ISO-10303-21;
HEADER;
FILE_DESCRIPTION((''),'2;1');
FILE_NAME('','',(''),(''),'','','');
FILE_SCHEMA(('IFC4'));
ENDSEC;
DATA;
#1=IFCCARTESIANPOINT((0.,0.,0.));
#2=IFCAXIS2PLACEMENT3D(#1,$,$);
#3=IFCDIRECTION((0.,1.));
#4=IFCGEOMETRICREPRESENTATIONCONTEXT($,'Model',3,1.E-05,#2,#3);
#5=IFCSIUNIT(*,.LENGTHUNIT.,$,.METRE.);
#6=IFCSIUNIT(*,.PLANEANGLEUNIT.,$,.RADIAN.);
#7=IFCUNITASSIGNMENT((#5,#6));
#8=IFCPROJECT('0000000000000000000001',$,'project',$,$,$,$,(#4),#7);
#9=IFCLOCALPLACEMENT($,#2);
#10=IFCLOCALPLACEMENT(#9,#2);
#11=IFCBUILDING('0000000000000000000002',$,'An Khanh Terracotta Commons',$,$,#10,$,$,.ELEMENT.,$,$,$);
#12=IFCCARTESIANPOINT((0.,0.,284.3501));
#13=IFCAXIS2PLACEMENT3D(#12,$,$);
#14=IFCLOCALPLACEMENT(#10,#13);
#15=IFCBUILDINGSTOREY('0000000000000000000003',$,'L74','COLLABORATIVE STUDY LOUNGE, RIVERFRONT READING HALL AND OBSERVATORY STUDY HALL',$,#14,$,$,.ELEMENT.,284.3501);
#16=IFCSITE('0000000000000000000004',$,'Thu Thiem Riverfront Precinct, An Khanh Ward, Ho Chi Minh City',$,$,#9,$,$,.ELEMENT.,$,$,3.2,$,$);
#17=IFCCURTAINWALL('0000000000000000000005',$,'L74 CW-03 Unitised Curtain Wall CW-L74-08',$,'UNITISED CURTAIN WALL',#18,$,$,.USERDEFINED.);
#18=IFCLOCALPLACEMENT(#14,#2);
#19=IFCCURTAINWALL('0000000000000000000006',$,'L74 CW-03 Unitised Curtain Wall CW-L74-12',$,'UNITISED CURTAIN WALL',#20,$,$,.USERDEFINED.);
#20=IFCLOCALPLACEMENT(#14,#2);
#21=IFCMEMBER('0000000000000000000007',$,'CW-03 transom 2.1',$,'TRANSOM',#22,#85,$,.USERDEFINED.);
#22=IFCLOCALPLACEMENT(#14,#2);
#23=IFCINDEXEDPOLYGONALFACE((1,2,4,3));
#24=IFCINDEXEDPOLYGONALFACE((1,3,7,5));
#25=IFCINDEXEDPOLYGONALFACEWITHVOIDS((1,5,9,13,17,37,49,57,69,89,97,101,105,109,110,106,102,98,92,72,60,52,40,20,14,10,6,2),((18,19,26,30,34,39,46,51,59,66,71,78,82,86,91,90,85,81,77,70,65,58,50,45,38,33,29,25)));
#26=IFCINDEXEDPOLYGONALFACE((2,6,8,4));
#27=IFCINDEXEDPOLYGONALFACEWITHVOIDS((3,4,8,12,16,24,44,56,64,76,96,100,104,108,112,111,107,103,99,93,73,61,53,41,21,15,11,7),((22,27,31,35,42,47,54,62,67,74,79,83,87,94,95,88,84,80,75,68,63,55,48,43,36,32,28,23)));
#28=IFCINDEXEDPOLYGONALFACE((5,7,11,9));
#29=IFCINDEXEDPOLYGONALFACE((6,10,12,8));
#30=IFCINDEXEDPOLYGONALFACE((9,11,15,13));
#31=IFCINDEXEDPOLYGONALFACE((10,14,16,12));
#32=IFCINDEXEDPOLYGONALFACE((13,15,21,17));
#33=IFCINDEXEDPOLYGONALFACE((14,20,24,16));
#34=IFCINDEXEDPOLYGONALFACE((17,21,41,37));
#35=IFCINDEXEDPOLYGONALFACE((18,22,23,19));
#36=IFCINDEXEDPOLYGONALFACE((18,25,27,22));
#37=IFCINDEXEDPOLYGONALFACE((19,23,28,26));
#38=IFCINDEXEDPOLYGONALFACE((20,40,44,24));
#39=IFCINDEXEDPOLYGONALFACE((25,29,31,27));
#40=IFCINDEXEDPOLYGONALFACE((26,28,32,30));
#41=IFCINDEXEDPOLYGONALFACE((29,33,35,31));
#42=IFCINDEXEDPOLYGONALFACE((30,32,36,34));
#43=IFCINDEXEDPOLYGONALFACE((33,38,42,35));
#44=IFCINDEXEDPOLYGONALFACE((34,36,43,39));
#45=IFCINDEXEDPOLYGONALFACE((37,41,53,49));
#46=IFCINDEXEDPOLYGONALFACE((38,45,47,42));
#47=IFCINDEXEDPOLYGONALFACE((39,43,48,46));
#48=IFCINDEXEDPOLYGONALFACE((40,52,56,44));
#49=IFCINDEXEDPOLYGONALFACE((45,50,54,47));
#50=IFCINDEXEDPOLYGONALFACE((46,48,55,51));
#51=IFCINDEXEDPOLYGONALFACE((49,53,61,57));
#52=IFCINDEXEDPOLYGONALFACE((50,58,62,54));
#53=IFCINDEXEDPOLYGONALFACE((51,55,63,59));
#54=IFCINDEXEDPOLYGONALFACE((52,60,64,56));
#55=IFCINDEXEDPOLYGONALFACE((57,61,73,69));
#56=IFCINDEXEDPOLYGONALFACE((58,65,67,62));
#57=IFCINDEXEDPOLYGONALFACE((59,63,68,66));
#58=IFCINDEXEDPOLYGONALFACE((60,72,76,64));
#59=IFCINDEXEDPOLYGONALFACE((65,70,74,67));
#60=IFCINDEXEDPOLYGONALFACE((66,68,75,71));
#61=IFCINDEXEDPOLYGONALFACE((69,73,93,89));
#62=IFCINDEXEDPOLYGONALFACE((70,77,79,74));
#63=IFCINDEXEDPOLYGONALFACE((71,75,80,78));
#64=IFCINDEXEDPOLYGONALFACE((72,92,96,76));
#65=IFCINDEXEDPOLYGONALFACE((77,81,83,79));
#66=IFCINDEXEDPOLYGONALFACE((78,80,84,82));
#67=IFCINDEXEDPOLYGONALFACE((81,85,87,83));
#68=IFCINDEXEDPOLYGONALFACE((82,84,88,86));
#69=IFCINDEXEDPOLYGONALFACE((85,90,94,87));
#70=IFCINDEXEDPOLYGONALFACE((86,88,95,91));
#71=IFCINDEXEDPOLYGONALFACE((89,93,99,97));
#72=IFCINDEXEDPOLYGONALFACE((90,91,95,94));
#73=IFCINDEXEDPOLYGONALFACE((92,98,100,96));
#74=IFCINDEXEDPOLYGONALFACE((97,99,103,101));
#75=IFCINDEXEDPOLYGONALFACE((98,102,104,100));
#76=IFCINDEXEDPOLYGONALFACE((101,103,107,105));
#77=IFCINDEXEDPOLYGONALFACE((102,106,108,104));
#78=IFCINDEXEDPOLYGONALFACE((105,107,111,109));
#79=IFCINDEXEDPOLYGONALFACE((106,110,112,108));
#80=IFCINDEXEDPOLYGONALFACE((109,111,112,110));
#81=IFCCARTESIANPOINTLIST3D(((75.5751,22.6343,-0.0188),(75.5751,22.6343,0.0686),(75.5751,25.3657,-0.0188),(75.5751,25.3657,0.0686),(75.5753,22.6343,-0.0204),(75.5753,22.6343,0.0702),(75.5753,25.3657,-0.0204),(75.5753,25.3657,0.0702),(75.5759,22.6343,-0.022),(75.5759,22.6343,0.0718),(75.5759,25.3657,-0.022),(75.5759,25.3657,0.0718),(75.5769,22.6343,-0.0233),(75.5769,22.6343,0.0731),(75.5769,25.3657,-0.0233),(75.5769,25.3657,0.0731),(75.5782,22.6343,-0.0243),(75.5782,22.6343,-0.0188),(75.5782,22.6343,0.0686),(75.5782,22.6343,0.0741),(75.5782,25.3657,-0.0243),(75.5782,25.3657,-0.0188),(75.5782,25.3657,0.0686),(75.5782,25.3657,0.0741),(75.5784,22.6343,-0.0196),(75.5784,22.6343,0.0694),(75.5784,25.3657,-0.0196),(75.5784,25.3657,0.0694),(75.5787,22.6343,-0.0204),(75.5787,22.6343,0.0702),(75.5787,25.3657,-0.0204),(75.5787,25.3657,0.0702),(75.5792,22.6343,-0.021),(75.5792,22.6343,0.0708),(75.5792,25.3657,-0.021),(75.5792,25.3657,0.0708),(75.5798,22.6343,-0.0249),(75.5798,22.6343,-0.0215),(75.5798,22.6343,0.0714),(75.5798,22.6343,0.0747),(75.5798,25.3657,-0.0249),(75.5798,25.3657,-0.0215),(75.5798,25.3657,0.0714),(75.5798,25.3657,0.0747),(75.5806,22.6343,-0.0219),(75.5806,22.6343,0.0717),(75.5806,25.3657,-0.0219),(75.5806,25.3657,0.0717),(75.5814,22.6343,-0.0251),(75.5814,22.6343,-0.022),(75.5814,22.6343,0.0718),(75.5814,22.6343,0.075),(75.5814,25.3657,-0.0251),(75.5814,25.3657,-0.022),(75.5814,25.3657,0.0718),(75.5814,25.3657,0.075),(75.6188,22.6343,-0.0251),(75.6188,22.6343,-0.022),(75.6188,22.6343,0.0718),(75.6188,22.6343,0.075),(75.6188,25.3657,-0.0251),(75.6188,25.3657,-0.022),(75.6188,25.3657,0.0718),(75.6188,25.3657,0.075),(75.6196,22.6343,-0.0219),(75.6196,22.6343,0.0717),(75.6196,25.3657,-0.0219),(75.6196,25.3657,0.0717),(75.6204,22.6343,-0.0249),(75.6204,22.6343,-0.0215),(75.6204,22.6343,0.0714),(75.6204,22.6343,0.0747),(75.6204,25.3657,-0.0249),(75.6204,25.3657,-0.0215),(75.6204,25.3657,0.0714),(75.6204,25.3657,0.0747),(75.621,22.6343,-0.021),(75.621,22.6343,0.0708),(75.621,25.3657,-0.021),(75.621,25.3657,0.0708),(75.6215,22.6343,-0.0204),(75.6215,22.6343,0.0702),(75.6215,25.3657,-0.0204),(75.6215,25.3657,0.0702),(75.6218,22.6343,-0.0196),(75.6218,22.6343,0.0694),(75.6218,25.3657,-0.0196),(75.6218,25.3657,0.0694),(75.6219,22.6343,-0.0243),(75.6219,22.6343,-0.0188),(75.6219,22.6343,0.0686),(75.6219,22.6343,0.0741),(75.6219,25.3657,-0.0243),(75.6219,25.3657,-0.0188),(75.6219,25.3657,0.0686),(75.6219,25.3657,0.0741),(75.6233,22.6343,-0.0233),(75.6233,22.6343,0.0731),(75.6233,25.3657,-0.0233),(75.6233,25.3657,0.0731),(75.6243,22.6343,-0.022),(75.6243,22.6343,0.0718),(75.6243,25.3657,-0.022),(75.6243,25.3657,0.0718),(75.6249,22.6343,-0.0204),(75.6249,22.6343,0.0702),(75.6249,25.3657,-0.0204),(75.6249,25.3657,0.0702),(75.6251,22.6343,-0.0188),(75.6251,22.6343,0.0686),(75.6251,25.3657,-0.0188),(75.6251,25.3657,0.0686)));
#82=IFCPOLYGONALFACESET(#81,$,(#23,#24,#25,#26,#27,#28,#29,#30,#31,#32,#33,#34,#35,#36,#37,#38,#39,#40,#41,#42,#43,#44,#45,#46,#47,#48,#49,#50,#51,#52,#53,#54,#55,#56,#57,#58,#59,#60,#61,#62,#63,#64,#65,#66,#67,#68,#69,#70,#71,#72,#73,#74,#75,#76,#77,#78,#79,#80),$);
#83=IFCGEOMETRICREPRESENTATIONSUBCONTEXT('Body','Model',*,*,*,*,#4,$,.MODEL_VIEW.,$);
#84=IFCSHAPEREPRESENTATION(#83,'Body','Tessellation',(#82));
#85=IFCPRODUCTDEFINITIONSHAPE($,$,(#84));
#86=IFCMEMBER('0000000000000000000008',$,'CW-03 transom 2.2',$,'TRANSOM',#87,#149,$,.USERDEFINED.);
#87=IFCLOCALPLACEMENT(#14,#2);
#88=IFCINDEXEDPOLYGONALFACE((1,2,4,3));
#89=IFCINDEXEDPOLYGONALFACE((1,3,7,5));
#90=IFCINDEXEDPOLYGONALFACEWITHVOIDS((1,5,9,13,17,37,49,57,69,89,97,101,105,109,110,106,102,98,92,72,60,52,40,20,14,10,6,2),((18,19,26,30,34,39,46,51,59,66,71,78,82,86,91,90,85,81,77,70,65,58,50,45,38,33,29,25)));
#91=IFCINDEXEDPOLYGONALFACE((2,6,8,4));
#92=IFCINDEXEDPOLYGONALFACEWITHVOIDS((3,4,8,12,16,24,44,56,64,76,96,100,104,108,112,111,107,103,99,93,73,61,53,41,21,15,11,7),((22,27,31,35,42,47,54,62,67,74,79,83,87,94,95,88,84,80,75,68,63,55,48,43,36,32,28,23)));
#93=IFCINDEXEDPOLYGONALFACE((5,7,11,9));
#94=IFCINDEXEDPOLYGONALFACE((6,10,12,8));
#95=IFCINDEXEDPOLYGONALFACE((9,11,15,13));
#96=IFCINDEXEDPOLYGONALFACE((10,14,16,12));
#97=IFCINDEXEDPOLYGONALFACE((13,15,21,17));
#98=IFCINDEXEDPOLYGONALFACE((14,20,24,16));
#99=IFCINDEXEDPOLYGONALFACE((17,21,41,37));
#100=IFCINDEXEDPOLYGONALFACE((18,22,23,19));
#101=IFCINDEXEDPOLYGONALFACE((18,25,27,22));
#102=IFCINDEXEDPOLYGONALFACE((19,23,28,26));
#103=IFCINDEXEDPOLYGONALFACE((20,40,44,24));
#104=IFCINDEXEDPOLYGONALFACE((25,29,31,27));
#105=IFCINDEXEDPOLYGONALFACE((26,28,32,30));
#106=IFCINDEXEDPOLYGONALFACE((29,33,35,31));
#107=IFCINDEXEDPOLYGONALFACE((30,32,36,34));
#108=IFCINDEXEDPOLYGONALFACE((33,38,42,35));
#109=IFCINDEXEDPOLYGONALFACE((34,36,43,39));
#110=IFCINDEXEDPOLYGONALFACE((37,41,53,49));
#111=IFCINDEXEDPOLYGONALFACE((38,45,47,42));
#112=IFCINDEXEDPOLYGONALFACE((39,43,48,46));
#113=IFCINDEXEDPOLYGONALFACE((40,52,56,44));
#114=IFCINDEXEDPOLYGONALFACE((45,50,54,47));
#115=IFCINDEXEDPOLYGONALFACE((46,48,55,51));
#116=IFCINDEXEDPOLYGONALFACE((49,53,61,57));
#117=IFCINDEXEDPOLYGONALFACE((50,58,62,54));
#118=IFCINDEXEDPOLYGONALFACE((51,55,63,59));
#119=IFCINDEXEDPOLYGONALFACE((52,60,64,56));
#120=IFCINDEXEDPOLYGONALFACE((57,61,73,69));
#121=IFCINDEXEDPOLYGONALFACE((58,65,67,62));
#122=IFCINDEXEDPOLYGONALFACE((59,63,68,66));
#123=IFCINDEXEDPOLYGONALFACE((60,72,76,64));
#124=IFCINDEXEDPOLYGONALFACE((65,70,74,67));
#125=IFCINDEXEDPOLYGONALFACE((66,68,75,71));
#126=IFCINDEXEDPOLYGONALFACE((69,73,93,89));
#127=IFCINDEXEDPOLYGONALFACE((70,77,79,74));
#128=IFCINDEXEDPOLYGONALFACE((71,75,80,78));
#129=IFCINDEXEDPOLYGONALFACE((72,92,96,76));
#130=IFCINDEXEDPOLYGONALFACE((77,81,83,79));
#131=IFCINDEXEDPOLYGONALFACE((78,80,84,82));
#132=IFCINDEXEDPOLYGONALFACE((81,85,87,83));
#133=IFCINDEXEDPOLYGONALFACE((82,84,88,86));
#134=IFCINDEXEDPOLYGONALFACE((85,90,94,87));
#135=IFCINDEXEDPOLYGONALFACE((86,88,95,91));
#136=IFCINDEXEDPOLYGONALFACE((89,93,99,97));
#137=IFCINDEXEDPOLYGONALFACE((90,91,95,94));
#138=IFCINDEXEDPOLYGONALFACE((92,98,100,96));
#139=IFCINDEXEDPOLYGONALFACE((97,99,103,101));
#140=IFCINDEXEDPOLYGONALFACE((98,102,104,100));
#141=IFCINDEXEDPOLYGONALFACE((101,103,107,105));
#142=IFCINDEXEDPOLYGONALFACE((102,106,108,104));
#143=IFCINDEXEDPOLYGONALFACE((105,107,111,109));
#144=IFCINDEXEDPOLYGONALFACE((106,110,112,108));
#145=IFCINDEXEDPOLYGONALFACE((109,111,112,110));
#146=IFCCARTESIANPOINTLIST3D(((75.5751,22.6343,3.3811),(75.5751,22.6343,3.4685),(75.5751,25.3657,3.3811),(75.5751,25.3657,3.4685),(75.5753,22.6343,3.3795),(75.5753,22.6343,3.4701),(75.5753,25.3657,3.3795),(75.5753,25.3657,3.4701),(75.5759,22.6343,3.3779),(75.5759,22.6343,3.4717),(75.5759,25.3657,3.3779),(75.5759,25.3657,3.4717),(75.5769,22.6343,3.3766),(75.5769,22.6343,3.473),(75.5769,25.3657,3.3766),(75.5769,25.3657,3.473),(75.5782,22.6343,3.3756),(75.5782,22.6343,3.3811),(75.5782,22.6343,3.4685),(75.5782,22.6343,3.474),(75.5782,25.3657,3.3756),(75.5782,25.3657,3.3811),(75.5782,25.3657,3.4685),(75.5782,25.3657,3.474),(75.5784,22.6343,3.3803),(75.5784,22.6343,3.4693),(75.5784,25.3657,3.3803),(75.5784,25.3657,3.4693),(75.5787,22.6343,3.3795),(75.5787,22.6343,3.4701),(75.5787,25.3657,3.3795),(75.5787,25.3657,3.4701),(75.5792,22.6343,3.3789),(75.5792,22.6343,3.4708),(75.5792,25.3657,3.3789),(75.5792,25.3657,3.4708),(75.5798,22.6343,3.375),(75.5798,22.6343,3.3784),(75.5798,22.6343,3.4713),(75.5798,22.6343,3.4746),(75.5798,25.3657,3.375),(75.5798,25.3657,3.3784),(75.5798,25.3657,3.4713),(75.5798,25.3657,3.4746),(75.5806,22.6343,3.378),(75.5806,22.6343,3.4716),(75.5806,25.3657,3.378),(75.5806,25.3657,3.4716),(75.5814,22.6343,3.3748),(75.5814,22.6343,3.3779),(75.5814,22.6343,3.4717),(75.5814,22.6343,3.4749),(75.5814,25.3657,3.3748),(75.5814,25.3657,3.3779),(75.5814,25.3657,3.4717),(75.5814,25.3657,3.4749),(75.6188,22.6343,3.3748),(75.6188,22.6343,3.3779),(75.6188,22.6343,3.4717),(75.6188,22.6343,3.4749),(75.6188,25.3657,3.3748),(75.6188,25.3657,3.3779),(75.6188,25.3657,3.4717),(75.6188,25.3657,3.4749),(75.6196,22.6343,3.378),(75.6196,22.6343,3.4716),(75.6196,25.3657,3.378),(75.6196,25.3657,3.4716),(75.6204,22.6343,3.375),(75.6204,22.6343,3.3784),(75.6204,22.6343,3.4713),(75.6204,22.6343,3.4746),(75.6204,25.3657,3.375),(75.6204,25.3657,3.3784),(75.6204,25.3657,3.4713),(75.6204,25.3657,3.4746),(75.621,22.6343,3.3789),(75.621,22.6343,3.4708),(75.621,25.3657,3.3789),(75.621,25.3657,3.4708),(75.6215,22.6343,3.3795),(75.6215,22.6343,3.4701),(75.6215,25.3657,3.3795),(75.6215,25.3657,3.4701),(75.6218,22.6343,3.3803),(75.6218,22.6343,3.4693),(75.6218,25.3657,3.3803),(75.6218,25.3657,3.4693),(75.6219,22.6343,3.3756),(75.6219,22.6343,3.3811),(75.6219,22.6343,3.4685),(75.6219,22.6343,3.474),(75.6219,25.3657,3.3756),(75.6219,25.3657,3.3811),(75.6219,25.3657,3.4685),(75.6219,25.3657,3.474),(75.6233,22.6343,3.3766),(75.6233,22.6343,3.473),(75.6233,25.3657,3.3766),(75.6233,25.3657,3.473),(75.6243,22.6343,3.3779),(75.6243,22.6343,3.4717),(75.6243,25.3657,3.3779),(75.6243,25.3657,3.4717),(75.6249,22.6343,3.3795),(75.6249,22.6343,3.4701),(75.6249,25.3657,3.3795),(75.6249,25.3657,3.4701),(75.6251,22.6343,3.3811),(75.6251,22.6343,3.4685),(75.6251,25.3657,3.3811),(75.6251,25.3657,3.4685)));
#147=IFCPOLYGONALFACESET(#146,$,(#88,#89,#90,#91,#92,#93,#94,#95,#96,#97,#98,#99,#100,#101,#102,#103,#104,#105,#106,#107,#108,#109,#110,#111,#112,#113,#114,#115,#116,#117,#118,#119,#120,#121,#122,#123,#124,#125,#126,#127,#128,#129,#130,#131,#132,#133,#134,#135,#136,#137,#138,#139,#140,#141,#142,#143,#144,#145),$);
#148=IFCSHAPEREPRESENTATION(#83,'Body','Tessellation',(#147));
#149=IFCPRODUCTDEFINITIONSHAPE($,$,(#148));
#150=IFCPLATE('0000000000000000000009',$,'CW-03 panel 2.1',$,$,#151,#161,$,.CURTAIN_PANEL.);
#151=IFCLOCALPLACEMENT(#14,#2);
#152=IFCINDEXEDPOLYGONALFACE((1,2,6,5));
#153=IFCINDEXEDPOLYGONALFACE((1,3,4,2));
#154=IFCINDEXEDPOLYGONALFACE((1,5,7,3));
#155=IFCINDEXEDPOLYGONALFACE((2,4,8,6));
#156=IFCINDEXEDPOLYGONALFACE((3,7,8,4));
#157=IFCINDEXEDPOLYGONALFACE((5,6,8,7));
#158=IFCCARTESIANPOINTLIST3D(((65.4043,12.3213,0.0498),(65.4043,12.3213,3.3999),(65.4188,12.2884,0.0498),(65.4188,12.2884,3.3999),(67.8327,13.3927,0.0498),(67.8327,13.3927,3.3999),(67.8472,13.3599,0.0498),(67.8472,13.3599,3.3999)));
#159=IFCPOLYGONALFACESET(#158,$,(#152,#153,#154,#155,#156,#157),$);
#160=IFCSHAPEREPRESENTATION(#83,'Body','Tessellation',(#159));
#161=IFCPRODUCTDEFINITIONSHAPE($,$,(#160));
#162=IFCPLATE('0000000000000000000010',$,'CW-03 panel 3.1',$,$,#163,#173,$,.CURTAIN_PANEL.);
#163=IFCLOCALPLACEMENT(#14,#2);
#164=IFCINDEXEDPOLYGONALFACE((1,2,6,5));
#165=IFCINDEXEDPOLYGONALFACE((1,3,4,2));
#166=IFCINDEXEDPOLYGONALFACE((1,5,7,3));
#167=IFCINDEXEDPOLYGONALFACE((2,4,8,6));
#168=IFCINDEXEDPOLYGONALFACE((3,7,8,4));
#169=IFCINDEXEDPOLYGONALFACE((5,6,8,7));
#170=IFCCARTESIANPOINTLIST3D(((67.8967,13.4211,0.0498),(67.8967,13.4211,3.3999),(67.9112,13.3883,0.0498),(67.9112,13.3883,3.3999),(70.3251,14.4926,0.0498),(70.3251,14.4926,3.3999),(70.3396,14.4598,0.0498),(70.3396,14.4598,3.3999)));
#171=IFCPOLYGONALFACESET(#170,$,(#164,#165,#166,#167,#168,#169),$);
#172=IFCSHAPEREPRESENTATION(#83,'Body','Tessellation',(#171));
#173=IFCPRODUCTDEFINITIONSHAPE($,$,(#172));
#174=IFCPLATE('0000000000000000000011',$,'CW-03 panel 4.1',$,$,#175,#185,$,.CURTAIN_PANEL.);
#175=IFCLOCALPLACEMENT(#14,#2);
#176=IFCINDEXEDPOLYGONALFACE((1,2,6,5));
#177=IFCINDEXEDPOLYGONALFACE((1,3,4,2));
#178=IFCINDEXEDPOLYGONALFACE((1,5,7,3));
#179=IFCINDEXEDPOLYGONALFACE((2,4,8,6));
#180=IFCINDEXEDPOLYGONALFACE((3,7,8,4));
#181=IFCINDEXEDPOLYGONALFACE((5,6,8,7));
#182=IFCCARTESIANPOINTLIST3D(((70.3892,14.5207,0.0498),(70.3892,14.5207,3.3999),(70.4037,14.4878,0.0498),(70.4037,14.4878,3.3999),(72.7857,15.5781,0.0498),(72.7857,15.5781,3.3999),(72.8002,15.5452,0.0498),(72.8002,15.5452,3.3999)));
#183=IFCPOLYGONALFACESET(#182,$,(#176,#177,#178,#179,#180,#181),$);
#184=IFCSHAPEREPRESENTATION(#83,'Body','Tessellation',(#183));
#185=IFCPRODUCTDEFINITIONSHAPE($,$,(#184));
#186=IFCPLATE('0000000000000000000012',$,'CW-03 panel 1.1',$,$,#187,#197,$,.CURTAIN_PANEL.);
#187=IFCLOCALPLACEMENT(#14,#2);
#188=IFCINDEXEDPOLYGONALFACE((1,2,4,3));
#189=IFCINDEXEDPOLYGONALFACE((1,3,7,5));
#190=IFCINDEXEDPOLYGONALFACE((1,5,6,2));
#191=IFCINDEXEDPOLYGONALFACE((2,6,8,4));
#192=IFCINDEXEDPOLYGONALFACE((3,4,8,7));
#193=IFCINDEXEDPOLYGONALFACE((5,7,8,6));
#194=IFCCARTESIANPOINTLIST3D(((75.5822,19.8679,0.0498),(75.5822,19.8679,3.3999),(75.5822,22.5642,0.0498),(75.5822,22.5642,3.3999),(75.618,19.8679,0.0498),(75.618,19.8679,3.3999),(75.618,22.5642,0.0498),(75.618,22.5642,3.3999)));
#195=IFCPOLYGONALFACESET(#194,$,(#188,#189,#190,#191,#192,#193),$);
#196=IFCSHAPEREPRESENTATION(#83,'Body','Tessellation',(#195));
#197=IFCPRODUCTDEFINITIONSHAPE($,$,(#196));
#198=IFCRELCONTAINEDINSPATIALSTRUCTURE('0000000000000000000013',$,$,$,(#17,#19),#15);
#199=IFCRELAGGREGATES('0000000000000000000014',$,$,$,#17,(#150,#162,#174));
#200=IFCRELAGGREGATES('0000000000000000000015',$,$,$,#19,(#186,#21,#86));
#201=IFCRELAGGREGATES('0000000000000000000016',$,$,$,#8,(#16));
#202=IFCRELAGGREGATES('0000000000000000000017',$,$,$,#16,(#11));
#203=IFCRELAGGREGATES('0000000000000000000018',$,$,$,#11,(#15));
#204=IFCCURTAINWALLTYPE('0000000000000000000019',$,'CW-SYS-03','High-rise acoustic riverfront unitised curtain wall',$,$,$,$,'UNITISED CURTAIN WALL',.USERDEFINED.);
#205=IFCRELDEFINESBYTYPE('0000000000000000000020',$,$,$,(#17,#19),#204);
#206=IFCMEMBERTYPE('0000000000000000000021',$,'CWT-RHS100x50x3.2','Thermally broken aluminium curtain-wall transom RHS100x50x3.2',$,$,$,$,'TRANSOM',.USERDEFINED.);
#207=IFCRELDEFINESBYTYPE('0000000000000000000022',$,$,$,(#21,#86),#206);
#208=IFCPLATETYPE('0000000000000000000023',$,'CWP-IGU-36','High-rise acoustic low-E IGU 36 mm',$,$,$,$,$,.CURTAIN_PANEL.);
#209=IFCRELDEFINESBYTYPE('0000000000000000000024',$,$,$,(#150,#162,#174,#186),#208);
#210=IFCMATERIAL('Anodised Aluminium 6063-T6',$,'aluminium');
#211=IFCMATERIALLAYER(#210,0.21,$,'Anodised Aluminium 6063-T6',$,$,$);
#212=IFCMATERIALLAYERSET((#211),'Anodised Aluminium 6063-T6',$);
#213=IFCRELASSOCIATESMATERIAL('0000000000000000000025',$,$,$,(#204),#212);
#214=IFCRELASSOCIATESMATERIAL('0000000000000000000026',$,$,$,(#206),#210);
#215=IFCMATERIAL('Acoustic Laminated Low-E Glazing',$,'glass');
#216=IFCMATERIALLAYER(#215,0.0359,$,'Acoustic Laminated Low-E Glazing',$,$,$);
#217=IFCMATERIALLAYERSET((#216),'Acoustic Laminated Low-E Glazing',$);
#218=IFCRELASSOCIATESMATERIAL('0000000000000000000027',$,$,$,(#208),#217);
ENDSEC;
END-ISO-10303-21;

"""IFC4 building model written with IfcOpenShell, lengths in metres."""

from ifc_helpers import new_model, si_unit, direction, frame, origin, origin_2d, place, context, subcontext, project, spatial, rectangle, hollow_rectangle, extrude, material, layer, layer_set, material_profile, profile_set, type_object, element, aggregate, save


model = new_model("IFC4")

# Units and contexts
model_context = context("Model", 3, precision=1e-05, world=origin(), true_north=direction((0.0, 1.0)))
body_context = subcontext(model_context, "Body", "Model", "MODEL_VIEW")
ifc_project = project(units=[si_unit("LENGTHUNIT", "METRE"), si_unit("PLANEANGLEUNIT", "RADIAN")], contexts=[model_context])

# Site, building, storey
site_placement = place(None, origin())
site = spatial("IfcSite", under=ifc_project, at=site_placement, Name="Thu Thiem Riverfront Precinct, An Khanh Ward, Ho Chi Minh City", CompositionType="ELEMENT", RefElevation=3.2)
building_placement = place(site_placement, origin())
building = spatial("IfcBuilding", under=site, at=building_placement, Name="An Khanh Terracotta Commons", CompositionType="ELEMENT")
storey_placement = place(building_placement, frame((0.0, 0.0, 284.3501)))
storey = spatial("IfcBuildingStorey", under=building, at=storey_placement, Name="L74", Description="COLLABORATIVE STUDY LOUNGE, RIVERFRONT READING HALL AND OBSERVATORY STUDY HALL", CompositionType="ELEMENT", Elevation=284.3501)

# Curtain walls
ifc_material_1 = material(Name="Anodised Aluminium 6063-T6", Category="aluminium")
ifc_layer_1 = layer(ifc_material_1, 0.21, Name="Anodised Aluminium 6063-T6")
ifc_layer_set_1 = layer_set([ifc_layer_1], Name="Anodised Aluminium 6063-T6")
curtain_wall_type = type_object("IfcCurtainWallType", Name="CW-SYS-03", Description="High-rise acoustic riverfront unitised curtain wall", ElementType="UNITISED CURTAIN WALL", PredefinedType="USERDEFINED", material=ifc_layer_set_1)
curtain_wall_1_placement = place(storey_placement, origin())
curtain_wall_1 = element("IfcCurtainWall", 1, at=curtain_wall_1_placement, inside=storey, type_object=curtain_wall_type, Name="L74 CW-03 Unitised Curtain Wall CW-L74-08", ObjectType="UNITISED CURTAIN WALL", PredefinedType="USERDEFINED")
curtain_wall_2_placement = place(storey_placement, origin())
curtain_wall_2 = element("IfcCurtainWall", 2, at=curtain_wall_2_placement, inside=storey, type_object=curtain_wall_type, Name="L74 CW-03 Unitised Curtain Wall CW-L74-12", ObjectType="UNITISED CURTAIN WALL", PredefinedType="USERDEFINED")

# Members
ifc_material_profile_1 = material_profile(ifc_material_1, hollow_rectangle(XDim=0.05, YDim=0.1001, WallThickness=0.0032, InnerFilletRadius=0.0032, OuterFilletRadius=0.0063, at=origin_2d()), Name="RHS100x50x3.2")
ifc_profile_set_1 = profile_set([ifc_material_profile_1], Name="Anodised Aluminium 6063-T6")
member_type_1 = type_object("IfcMemberType", Name="CWT-RHS100x50x3.2", Description="Thermally broken aluminium curtain-wall transom RHS100x50x3.2", ElementType="TRANSOM", PredefinedType="USERDEFINED", material=ifc_profile_set_1)
member_1_placement = place(storey_placement, frame((75.6001, 22.6343, 0.0249), z_axis=(0.0, 1.0, 0.0), x_axis=(-1.0, 0.0, 0.0)))
member_1 = element("IfcMember", 3, at=member_1_placement, type_object=member_type_1, Name="CW-03 transom 2.1", ObjectType="TRANSOM", PredefinedType="USERDEFINED", context=body_context, shape_type="SweptSolid", body=[
    extrude(hollow_rectangle(XDim=0.05, YDim=0.1001, WallThickness=0.0032, InnerFilletRadius=0.0032, OuterFilletRadius=0.0063, at=origin_2d()), origin(), (0.0, 0.0, 1.0), 2.7314),
])
member_2_placement = place(storey_placement, frame((75.6001, 22.6343, 3.4248), z_axis=(0.0, 1.0, 0.0), x_axis=(-1.0, 0.0, 0.0)))
member_2 = element("IfcMember", 4, at=member_2_placement, type_object=member_type_1, Name="CW-03 transom 2.2", ObjectType="TRANSOM", PredefinedType="USERDEFINED", context=body_context, shape_type="SweptSolid", body=[
    extrude(hollow_rectangle(XDim=0.05, YDim=0.1001, WallThickness=0.0032, InnerFilletRadius=0.0032, OuterFilletRadius=0.0063, at=origin_2d()), origin(), (0.0, 0.0, 1.0), 2.7314),
])

# Plates
ifc_material_2 = material(Name="Acoustic Laminated Low-E Glazing", Category="glass")
ifc_layer_2 = layer(ifc_material_2, 0.0359, Name="Acoustic Laminated Low-E Glazing")
ifc_layer_set_2 = layer_set([ifc_layer_2], Name="Acoustic Laminated Low-E Glazing")
plate_type = type_object("IfcPlateType", Name="CWP-IGU-36", Description="High-rise acoustic low-E IGU 36 mm", PredefinedType="CURTAIN_PANEL", material=ifc_layer_set_2)
plate_1_placement = place(storey_placement, frame((66.6257, 12.8406, 0.0498), z_axis=(0.0, 0.0, 1.0), x_axis=(0.914902, 0.403676, 0.0)))
plate_1 = element("IfcPlate", 5, at=plate_1_placement, type_object=plate_type, Name="CW-03 panel 2.1", PredefinedType="CURTAIN_PANEL", context=body_context, shape_type="SweptSolid", body=[
    extrude(rectangle(XDim=2.6543, YDim=0.0359, at=origin_2d()), origin(), (0.0, 0.0, 1.0), 3.3501),
])
plate_2_placement = place(storey_placement, frame((69.1182, 13.9404, 0.0498), z_axis=(0.0, 0.0, 1.0), x_axis=(0.914902, 0.403676, 0.0)))
plate_2 = element("IfcPlate", 6, at=plate_2_placement, type_object=plate_type, Name="CW-03 panel 3.1", PredefinedType="CURTAIN_PANEL", context=body_context, shape_type="SweptSolid", body=[
    extrude(rectangle(XDim=2.6543, YDim=0.0359, at=origin_2d()), origin(), (0.0, 0.0, 1.0), 3.3501),
])
plate_3_placement = place(storey_placement, frame((71.5947, 15.033, 0.0498), z_axis=(0.0, 0.0, 1.0), x_axis=(0.914902, 0.403676, 0.0)))
plate_3 = element("IfcPlate", 7, at=plate_3_placement, type_object=plate_type, Name="CW-03 panel 4.1", PredefinedType="CURTAIN_PANEL", context=body_context, shape_type="SweptSolid", body=[
    extrude(rectangle(XDim=2.6194, YDim=0.0359, at=origin_2d()), origin(), (0.0, 0.0, 1.0), 3.3501),
])
aggregate(curtain_wall_1, [plate_1, plate_2, plate_3])
plate_4_placement = place(storey_placement, frame((75.6001, 21.2161, 0.0498), z_axis=(0.0, 0.0, 1.0), x_axis=(0.0, 1.0, 0.0)))
plate_4 = element("IfcPlate", 8, at=plate_4_placement, type_object=plate_type, Name="CW-03 panel 1.1", PredefinedType="CURTAIN_PANEL", context=body_context, shape_type="SweptSolid", body=[
    extrude(rectangle(XDim=2.6963, YDim=0.0359, at=origin_2d()), origin(), (0.0, 0.0, 1.0), 3.3501),
])
aggregate(curtain_wall_2, [plate_4, member_1, member_2])

save(model, "model.ifc")
